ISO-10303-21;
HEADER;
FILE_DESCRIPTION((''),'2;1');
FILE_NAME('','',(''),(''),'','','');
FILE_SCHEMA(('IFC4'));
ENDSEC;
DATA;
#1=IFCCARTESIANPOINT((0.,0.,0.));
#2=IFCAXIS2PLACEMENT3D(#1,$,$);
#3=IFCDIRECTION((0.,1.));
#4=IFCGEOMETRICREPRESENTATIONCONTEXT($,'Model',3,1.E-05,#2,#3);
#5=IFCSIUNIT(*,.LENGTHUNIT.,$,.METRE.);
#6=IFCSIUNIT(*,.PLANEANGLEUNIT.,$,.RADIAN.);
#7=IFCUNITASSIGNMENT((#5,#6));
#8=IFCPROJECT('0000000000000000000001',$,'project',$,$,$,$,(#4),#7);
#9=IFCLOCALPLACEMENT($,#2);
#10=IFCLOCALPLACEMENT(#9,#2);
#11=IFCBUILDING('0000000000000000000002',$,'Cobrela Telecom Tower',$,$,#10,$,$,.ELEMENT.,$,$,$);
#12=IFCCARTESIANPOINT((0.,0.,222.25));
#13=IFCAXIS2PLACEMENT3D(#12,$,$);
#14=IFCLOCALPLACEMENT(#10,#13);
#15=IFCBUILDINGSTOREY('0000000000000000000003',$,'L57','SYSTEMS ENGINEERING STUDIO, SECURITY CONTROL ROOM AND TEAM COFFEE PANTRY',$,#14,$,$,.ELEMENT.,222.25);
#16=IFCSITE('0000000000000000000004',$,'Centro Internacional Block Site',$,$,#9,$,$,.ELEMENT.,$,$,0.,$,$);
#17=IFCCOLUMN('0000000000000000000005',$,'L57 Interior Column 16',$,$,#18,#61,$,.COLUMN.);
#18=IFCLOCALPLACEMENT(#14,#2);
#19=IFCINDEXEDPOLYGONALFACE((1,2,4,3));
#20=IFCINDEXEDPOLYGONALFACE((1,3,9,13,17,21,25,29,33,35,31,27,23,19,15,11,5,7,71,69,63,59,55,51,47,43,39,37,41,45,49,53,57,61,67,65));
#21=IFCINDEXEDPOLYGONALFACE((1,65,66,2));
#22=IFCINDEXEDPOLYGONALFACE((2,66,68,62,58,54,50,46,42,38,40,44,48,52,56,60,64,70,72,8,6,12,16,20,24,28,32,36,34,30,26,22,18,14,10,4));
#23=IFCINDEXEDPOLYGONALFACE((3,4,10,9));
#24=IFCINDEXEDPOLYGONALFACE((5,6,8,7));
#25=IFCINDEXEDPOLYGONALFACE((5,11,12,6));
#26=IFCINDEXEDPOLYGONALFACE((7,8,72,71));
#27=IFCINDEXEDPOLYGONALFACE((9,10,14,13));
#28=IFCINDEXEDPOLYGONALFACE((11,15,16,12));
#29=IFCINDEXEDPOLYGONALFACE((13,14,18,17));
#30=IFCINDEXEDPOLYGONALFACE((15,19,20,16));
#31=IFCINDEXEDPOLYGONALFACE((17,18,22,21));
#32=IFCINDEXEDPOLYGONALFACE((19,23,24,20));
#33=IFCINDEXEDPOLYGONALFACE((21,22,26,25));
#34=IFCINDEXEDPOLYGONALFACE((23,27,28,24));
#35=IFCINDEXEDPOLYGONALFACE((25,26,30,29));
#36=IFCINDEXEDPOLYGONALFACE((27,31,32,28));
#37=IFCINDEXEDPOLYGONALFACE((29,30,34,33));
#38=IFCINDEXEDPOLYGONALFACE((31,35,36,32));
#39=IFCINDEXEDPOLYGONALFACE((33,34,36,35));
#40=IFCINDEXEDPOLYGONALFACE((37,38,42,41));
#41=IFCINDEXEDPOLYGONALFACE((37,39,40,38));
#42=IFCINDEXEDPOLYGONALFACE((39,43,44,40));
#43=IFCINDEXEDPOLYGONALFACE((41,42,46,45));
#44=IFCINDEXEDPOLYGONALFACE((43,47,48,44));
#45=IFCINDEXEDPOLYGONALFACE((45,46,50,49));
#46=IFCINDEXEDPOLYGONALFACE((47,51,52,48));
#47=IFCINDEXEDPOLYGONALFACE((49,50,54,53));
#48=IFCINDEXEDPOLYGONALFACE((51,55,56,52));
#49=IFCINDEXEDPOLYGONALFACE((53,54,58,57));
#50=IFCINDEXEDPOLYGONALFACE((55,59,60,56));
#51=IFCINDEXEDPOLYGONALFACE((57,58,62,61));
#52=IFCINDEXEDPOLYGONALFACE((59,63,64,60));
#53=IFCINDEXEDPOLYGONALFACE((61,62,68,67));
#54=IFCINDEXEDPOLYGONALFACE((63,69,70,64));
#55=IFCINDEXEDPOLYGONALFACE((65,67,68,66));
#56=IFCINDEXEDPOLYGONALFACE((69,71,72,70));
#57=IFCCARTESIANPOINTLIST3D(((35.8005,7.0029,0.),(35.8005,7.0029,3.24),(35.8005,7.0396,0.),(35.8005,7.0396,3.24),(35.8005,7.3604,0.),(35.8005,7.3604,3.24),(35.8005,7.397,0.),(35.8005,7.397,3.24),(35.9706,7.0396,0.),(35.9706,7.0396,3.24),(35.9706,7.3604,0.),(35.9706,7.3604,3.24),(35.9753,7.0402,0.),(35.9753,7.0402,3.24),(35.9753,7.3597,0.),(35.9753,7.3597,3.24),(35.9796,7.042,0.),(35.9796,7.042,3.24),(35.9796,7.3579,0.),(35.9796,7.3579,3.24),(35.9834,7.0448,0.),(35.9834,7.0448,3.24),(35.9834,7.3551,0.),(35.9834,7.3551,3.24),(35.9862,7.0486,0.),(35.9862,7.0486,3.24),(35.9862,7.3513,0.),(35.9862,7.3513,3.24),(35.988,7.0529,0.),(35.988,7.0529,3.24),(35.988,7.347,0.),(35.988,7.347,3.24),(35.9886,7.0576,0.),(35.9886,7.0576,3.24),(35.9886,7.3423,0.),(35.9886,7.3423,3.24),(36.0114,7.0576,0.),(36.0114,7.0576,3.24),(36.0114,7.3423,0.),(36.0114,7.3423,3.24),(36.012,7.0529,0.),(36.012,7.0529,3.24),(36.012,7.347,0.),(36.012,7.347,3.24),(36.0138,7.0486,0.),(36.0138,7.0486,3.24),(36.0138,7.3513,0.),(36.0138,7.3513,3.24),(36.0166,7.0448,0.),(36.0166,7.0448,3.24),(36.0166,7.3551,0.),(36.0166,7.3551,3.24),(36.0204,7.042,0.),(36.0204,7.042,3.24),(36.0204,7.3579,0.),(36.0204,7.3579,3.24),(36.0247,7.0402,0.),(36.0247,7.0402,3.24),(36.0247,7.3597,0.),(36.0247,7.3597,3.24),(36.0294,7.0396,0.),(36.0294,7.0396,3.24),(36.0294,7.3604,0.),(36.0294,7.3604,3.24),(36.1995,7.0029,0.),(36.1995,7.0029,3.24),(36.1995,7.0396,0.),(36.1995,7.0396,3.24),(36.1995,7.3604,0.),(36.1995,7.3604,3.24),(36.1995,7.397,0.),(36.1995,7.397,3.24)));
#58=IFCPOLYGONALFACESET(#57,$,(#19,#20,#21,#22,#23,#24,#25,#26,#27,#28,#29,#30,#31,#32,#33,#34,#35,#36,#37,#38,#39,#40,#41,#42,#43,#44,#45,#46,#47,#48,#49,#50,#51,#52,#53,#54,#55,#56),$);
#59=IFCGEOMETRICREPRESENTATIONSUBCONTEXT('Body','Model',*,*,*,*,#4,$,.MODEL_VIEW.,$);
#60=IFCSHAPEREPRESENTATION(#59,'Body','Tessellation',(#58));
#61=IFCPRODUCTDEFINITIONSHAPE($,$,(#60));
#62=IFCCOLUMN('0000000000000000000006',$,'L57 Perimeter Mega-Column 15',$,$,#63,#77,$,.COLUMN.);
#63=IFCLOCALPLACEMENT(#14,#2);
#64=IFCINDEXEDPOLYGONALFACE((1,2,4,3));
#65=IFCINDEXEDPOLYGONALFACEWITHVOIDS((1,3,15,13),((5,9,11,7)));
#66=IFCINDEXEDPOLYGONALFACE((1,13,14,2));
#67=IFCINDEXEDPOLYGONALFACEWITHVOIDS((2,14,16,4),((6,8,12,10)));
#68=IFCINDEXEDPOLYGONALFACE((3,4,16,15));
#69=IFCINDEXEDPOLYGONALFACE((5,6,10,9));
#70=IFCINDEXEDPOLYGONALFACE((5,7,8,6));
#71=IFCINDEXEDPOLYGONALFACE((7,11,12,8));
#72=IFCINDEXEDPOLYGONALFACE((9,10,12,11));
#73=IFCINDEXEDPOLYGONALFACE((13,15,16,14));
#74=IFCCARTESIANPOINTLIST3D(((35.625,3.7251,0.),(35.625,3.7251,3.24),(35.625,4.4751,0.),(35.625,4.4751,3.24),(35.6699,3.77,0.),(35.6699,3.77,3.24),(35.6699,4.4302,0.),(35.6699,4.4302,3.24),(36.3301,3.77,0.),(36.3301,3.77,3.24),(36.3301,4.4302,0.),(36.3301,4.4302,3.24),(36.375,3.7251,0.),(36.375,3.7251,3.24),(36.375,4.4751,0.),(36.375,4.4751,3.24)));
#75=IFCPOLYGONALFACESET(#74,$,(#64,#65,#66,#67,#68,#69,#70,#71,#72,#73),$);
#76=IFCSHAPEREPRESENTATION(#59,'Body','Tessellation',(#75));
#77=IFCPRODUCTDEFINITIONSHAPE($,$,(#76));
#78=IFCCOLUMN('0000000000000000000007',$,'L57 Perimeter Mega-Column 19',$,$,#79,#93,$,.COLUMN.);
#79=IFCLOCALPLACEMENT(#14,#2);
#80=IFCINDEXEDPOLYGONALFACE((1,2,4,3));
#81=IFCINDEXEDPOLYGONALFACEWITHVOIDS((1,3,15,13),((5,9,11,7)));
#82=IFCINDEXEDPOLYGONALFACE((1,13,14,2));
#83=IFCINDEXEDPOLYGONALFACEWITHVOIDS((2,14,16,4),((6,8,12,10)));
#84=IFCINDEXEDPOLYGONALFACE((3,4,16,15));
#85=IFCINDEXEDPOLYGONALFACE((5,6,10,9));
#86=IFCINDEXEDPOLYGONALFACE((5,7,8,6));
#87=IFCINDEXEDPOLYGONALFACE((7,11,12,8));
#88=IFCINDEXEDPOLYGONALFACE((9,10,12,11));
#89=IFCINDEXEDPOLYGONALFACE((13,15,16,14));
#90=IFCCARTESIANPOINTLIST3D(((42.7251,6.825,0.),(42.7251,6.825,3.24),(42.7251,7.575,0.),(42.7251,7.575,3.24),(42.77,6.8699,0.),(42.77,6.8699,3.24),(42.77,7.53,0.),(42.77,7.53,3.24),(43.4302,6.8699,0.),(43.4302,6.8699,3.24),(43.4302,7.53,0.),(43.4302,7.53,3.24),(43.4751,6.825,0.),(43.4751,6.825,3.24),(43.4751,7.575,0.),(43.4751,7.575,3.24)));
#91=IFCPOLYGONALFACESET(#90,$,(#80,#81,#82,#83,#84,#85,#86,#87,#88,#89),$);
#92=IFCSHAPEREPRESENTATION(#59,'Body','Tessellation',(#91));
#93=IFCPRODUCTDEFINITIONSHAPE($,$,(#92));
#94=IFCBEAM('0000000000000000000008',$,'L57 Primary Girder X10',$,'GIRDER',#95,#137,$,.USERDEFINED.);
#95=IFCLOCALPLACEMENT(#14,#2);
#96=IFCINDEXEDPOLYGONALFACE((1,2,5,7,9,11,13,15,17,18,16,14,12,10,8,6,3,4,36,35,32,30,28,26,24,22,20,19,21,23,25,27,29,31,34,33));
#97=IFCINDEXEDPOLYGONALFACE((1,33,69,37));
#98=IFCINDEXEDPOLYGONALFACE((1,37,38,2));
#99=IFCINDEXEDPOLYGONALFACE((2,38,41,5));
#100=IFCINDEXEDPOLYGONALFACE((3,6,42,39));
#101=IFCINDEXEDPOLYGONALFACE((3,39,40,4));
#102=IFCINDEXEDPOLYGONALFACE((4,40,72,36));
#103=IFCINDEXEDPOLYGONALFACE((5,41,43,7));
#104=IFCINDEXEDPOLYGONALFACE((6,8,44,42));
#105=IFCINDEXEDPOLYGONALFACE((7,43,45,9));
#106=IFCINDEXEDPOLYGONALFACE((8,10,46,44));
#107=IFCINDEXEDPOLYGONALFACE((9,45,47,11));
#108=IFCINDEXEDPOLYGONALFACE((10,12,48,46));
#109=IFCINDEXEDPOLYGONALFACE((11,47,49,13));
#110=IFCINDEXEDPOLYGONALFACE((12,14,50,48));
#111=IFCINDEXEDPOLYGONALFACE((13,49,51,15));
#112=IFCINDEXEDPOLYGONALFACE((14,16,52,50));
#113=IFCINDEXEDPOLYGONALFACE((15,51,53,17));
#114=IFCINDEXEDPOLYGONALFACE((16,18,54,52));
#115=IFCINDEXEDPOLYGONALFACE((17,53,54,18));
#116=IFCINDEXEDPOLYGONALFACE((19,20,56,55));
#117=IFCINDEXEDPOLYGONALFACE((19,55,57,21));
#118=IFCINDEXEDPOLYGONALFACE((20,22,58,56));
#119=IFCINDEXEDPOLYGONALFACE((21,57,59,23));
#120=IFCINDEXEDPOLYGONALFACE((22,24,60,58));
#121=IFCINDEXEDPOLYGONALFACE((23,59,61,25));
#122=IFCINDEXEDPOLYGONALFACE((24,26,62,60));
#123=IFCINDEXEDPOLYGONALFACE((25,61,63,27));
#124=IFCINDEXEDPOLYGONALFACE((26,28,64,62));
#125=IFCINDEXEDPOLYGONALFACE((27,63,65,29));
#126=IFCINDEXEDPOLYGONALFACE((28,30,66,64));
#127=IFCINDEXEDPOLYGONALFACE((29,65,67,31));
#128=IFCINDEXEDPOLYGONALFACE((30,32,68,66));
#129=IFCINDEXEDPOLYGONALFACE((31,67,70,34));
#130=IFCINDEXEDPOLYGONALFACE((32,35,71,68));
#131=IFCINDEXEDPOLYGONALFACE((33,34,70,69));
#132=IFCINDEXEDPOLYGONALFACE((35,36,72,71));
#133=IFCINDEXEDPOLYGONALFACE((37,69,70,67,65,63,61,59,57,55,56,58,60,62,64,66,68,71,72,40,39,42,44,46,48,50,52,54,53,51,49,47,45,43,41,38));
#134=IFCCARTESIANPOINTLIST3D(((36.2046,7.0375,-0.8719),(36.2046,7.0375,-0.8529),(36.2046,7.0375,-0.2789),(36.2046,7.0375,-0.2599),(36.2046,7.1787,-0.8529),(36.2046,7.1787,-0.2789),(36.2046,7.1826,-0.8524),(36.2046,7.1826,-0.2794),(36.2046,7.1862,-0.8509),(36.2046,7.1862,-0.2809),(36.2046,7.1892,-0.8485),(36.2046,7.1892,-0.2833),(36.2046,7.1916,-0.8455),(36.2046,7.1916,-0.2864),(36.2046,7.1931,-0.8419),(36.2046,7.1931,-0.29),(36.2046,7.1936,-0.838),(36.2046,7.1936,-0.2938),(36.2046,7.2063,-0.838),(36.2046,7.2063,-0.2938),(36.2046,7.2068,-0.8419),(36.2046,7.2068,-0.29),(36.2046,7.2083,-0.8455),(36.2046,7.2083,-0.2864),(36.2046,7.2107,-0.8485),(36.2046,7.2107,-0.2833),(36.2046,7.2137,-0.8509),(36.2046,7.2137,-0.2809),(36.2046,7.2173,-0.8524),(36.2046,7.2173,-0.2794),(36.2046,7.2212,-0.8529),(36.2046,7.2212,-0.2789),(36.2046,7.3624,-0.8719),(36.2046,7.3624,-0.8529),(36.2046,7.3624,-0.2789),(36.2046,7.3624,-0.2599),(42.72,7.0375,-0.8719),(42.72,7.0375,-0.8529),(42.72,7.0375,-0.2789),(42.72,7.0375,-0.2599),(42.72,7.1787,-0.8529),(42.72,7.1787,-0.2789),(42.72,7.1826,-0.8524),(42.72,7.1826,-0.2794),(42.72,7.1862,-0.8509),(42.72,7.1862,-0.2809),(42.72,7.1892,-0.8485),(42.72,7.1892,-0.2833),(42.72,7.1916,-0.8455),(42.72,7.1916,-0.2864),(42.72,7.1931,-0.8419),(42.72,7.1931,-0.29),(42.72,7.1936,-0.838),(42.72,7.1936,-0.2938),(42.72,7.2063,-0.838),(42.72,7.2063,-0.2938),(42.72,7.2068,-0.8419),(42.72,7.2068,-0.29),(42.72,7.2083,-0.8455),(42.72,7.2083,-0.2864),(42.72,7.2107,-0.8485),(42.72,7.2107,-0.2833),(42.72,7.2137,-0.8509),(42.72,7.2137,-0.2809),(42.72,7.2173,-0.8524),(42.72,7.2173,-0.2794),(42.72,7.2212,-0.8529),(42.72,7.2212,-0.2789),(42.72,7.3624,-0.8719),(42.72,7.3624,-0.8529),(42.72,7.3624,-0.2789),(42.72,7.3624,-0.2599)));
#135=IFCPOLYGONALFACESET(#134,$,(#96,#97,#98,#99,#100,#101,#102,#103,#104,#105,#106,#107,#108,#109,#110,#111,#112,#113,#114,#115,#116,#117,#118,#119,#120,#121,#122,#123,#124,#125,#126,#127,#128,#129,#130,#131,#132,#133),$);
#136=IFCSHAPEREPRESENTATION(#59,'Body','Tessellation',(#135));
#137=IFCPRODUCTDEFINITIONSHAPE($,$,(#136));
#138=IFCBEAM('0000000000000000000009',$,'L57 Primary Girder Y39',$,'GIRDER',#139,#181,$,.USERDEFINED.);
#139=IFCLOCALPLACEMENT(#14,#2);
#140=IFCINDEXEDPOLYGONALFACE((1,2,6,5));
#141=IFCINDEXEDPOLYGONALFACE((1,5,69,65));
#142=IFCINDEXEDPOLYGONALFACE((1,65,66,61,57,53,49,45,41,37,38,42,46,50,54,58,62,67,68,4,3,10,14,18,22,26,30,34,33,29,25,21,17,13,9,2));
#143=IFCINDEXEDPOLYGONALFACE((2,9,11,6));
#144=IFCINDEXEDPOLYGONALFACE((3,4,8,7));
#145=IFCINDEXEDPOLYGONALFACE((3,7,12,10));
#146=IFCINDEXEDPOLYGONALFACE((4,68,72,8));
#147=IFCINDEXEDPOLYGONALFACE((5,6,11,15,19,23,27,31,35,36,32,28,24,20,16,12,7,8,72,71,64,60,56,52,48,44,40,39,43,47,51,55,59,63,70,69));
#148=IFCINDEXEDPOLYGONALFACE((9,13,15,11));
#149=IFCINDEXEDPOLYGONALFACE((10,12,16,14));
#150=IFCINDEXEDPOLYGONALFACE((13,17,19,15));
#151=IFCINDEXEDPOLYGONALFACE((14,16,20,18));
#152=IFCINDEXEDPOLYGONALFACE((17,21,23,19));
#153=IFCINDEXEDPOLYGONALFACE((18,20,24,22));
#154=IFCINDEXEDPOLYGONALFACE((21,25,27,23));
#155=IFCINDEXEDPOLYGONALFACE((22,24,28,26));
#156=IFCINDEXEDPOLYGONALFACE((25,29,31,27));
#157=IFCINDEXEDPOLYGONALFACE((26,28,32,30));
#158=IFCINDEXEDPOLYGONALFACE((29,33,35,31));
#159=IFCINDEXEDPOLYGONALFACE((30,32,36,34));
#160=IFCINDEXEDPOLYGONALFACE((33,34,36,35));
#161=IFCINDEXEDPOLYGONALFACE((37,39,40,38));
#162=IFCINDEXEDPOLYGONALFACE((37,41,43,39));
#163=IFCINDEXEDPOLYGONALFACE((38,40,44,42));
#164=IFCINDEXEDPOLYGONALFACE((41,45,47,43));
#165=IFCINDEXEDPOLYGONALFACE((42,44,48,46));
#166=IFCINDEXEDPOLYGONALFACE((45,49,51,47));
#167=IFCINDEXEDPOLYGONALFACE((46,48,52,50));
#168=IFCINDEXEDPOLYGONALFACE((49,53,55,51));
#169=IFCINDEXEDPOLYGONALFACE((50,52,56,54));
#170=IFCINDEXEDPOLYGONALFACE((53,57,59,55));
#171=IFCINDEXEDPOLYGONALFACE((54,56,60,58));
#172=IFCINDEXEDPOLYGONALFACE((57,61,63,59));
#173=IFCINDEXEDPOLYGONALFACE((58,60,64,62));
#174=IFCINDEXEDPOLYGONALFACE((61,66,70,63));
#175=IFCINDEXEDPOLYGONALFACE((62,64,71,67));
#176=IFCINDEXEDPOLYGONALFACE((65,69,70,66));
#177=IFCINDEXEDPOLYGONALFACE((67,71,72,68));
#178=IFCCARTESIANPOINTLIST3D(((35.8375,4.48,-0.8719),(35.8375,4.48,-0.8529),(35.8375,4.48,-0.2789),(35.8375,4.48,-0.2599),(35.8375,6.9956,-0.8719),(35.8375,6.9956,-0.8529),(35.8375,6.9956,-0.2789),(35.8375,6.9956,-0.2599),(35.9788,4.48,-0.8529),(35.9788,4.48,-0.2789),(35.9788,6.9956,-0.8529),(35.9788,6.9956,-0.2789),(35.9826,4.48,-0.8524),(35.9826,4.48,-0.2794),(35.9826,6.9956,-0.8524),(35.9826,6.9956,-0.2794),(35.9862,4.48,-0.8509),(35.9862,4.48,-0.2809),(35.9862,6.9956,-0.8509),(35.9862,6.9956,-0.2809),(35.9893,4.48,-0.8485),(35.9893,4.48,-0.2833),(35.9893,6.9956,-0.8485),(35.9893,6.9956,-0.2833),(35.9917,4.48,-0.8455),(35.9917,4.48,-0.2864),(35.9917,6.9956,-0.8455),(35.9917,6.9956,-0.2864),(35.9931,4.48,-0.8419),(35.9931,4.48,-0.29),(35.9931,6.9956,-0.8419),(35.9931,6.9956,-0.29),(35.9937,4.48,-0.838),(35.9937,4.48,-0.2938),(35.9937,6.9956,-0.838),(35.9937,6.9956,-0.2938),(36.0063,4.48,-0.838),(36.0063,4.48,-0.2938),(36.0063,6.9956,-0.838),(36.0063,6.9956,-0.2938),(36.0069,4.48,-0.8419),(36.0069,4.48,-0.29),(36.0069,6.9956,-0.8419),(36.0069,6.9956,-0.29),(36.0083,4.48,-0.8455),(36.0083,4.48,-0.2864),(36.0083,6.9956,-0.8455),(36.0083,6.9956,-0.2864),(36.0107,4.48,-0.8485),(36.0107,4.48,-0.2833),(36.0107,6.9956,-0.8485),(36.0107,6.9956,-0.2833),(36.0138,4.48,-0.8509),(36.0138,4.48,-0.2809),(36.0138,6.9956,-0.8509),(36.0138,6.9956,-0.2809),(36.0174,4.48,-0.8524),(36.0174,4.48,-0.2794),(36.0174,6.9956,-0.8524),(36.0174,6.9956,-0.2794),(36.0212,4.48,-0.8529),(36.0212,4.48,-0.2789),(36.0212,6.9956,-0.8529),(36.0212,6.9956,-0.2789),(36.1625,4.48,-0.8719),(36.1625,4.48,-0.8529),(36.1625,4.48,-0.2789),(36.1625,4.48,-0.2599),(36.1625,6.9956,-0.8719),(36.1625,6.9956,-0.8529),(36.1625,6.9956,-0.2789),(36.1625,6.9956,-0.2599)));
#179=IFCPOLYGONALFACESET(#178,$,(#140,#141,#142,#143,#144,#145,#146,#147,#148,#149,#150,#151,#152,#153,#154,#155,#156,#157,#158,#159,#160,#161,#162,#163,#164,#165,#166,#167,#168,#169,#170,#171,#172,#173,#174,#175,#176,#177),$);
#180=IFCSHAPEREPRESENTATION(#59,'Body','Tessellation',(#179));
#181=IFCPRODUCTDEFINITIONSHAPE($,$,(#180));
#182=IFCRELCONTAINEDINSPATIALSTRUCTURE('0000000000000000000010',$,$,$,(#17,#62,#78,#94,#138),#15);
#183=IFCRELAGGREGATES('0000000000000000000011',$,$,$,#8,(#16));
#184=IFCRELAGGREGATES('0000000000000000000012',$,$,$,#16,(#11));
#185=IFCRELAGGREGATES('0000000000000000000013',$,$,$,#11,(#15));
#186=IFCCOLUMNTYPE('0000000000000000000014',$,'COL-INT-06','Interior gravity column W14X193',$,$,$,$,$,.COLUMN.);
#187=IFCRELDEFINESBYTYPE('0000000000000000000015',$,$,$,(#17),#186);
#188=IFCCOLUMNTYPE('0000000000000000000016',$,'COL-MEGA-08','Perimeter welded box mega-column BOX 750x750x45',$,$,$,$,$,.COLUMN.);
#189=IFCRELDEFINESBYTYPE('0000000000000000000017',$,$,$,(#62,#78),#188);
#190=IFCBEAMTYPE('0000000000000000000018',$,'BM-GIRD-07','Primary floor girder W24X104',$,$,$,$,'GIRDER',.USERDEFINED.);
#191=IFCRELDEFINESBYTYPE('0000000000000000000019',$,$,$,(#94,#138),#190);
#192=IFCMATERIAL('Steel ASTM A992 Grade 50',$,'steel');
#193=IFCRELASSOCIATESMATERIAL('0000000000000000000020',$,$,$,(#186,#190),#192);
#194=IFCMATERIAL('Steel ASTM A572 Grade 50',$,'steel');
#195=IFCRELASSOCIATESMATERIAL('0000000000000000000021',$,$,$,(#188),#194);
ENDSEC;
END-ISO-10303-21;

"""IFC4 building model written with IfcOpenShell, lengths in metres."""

from ifc_helpers import new_model, si_unit, direction, frame, origin, origin_2d, place, context, subcontext, project, spatial, hollow_rectangle, i_section, extrude, material, material_profile, profile_set, type_object, element, save


model = new_model("IFC4")

# Units and contexts
model_context = context("Model", 3, precision=1e-05, world=origin(), true_north=direction((0.0, 1.0)))
body_context = subcontext(model_context, "Body", "Model", "MODEL_VIEW")
ifc_project = project(units=[si_unit("LENGTHUNIT", "METRE"), si_unit("PLANEANGLEUNIT", "RADIAN")], contexts=[model_context])

# Site, building, storey
site_placement = place(None, origin())
site = spatial("IfcSite", under=ifc_project, at=site_placement, Name="Centro Internacional Block Site", CompositionType="ELEMENT", RefElevation=0.0)
building_placement = place(site_placement, origin())
building = spatial("IfcBuilding", under=site, at=building_placement, Name="Cobrela Telecom Tower", CompositionType="ELEMENT")
storey_placement = place(building_placement, frame((0.0, 0.0, 222.25)))
storey = spatial("IfcBuildingStorey", under=building, at=storey_placement, Name="L57", Description="SYSTEMS ENGINEERING STUDIO, SECURITY CONTROL ROOM AND TEAM COFFEE PANTRY", CompositionType="ELEMENT", Elevation=222.25)

# Columns
ifc_material_1 = material(Name="Steel ASTM A992 Grade 50", Category="steel")
ifc_material_profile_1 = material_profile(ifc_material_1, i_section(OverallWidth=0.3989, OverallDepth=0.394, WebThickness=0.0227, FlangeThickness=0.0366, FilletRadius=0.0181, at=origin_2d()), Name="W14X193")
ifc_profile_set_1 = profile_set([ifc_material_profile_1], Name="Steel ASTM A992 Grade 50")
column_type_1 = type_object("IfcColumnType", Name="COL-INT-06", Description="Interior gravity column W14X193", PredefinedType="COLUMN", material=ifc_profile_set_1)
column_placement = place(storey_placement, frame((36.0, 7.2, 0.0), z_axis=(0.0, 0.0, 1.0), x_axis=(1.0, 0.0, 0.0)))
element("IfcColumn", 1, at=column_placement, inside=storey, type_object=column_type_1, Name="L57 Interior Column 16", PredefinedType="COLUMN", context=body_context, shape_type="SweptSolid", body=[
    extrude(i_section(OverallWidth=0.3989, OverallDepth=0.394, WebThickness=0.0227, FlangeThickness=0.0366, FilletRadius=0.0181, at=origin_2d()), origin(), (0.0, 0.0, 1.0), 3.24),
])
ifc_material_2 = material(Name="Steel ASTM A572 Grade 50", Category="steel")
ifc_material_profile_2 = material_profile(ifc_material_2, hollow_rectangle(XDim=0.75, YDim=0.75, WallThickness=0.0449, at=origin_2d()), Name="BOX 750x750x45")
ifc_profile_set_2 = profile_set([ifc_material_profile_2], Name="Steel ASTM A572 Grade 50")
column_type_2 = type_object("IfcColumnType", Name="COL-MEGA-08", Description="Perimeter welded box mega-column BOX 750x750x45", PredefinedType="COLUMN", material=ifc_profile_set_2)
for number, where, z_axis, x_axis, name in (
    (2, (36.0, 4.1001, 0.0), (0.0, 0.0, 1.0), (1.0, 0.0, 0.0), "L57 Perimeter Mega-Column 15"),
    (3, (43.1001, 7.2, 0.0), (0.0, 0.0, 1.0), (1.0, 0.0, 0.0), "L57 Perimeter Mega-Column 19"),
):
    element("IfcColumn", number, at=place(storey_placement, frame(where, z_axis=z_axis, x_axis=x_axis)), inside=storey, type_object=column_type_2, Name=name, PredefinedType="COLUMN", context=body_context, shape_type="SweptSolid", body=[
        extrude(hollow_rectangle(XDim=0.75, YDim=0.75, WallThickness=0.0449, at=origin_2d()), origin(), (0.0, 0.0, 1.0), 3.24),
    ])

# Beams
ifc_material_profile_3 = material_profile(ifc_material_1, i_section(OverallWidth=0.325, OverallDepth=0.6121, WebThickness=0.0127, FlangeThickness=0.019, FilletRadius=0.0149, at=origin_2d()), Name="W24X104")
ifc_profile_set_3 = profile_set([ifc_material_profile_3], Name="Steel ASTM A992 Grade 50")
beam_type_1 = type_object("IfcBeamType", Name="BM-GIRD-07", Description="Primary floor girder W24X104", ElementType="GIRDER", PredefinedType="USERDEFINED", material=ifc_profile_set_3)
beam_1_placement = place(storey_placement, frame((36.2046, 7.2, -0.5659), z_axis=(1.0, 0.0, 0.0), x_axis=(0.0, 1.0, 0.0)))
element("IfcBeam", 4, at=beam_1_placement, inside=storey, type_object=beam_type_1, Name="L57 Primary Girder X10", ObjectType="GIRDER", PredefinedType="USERDEFINED", context=body_context, shape_type="SweptSolid", body=[
    extrude(i_section(OverallWidth=0.325, OverallDepth=0.6121, WebThickness=0.0127, FlangeThickness=0.019, FilletRadius=0.0149, at=origin_2d()), origin(), (0.0, 0.0, 1.0), 6.5154),
])
beam_2_placement = place(storey_placement, frame((36.0, 4.48, -0.5659), z_axis=(0.0, 1.0, 0.0), x_axis=(-1.0, 0.0, 0.0)))
element("IfcBeam", 5, at=beam_2_placement, inside=storey, type_object=beam_type_1, Name="L57 Primary Girder Y39", ObjectType="GIRDER", PredefinedType="USERDEFINED", context=body_context, shape_type="SweptSolid", body=[
    extrude(i_section(OverallWidth=0.325, OverallDepth=0.6121, WebThickness=0.0127, FlangeThickness=0.019, FilletRadius=0.0149, at=origin_2d()), origin(), (0.0, 0.0, 1.0), 2.5156),
])

save(model, "model.ifc")
